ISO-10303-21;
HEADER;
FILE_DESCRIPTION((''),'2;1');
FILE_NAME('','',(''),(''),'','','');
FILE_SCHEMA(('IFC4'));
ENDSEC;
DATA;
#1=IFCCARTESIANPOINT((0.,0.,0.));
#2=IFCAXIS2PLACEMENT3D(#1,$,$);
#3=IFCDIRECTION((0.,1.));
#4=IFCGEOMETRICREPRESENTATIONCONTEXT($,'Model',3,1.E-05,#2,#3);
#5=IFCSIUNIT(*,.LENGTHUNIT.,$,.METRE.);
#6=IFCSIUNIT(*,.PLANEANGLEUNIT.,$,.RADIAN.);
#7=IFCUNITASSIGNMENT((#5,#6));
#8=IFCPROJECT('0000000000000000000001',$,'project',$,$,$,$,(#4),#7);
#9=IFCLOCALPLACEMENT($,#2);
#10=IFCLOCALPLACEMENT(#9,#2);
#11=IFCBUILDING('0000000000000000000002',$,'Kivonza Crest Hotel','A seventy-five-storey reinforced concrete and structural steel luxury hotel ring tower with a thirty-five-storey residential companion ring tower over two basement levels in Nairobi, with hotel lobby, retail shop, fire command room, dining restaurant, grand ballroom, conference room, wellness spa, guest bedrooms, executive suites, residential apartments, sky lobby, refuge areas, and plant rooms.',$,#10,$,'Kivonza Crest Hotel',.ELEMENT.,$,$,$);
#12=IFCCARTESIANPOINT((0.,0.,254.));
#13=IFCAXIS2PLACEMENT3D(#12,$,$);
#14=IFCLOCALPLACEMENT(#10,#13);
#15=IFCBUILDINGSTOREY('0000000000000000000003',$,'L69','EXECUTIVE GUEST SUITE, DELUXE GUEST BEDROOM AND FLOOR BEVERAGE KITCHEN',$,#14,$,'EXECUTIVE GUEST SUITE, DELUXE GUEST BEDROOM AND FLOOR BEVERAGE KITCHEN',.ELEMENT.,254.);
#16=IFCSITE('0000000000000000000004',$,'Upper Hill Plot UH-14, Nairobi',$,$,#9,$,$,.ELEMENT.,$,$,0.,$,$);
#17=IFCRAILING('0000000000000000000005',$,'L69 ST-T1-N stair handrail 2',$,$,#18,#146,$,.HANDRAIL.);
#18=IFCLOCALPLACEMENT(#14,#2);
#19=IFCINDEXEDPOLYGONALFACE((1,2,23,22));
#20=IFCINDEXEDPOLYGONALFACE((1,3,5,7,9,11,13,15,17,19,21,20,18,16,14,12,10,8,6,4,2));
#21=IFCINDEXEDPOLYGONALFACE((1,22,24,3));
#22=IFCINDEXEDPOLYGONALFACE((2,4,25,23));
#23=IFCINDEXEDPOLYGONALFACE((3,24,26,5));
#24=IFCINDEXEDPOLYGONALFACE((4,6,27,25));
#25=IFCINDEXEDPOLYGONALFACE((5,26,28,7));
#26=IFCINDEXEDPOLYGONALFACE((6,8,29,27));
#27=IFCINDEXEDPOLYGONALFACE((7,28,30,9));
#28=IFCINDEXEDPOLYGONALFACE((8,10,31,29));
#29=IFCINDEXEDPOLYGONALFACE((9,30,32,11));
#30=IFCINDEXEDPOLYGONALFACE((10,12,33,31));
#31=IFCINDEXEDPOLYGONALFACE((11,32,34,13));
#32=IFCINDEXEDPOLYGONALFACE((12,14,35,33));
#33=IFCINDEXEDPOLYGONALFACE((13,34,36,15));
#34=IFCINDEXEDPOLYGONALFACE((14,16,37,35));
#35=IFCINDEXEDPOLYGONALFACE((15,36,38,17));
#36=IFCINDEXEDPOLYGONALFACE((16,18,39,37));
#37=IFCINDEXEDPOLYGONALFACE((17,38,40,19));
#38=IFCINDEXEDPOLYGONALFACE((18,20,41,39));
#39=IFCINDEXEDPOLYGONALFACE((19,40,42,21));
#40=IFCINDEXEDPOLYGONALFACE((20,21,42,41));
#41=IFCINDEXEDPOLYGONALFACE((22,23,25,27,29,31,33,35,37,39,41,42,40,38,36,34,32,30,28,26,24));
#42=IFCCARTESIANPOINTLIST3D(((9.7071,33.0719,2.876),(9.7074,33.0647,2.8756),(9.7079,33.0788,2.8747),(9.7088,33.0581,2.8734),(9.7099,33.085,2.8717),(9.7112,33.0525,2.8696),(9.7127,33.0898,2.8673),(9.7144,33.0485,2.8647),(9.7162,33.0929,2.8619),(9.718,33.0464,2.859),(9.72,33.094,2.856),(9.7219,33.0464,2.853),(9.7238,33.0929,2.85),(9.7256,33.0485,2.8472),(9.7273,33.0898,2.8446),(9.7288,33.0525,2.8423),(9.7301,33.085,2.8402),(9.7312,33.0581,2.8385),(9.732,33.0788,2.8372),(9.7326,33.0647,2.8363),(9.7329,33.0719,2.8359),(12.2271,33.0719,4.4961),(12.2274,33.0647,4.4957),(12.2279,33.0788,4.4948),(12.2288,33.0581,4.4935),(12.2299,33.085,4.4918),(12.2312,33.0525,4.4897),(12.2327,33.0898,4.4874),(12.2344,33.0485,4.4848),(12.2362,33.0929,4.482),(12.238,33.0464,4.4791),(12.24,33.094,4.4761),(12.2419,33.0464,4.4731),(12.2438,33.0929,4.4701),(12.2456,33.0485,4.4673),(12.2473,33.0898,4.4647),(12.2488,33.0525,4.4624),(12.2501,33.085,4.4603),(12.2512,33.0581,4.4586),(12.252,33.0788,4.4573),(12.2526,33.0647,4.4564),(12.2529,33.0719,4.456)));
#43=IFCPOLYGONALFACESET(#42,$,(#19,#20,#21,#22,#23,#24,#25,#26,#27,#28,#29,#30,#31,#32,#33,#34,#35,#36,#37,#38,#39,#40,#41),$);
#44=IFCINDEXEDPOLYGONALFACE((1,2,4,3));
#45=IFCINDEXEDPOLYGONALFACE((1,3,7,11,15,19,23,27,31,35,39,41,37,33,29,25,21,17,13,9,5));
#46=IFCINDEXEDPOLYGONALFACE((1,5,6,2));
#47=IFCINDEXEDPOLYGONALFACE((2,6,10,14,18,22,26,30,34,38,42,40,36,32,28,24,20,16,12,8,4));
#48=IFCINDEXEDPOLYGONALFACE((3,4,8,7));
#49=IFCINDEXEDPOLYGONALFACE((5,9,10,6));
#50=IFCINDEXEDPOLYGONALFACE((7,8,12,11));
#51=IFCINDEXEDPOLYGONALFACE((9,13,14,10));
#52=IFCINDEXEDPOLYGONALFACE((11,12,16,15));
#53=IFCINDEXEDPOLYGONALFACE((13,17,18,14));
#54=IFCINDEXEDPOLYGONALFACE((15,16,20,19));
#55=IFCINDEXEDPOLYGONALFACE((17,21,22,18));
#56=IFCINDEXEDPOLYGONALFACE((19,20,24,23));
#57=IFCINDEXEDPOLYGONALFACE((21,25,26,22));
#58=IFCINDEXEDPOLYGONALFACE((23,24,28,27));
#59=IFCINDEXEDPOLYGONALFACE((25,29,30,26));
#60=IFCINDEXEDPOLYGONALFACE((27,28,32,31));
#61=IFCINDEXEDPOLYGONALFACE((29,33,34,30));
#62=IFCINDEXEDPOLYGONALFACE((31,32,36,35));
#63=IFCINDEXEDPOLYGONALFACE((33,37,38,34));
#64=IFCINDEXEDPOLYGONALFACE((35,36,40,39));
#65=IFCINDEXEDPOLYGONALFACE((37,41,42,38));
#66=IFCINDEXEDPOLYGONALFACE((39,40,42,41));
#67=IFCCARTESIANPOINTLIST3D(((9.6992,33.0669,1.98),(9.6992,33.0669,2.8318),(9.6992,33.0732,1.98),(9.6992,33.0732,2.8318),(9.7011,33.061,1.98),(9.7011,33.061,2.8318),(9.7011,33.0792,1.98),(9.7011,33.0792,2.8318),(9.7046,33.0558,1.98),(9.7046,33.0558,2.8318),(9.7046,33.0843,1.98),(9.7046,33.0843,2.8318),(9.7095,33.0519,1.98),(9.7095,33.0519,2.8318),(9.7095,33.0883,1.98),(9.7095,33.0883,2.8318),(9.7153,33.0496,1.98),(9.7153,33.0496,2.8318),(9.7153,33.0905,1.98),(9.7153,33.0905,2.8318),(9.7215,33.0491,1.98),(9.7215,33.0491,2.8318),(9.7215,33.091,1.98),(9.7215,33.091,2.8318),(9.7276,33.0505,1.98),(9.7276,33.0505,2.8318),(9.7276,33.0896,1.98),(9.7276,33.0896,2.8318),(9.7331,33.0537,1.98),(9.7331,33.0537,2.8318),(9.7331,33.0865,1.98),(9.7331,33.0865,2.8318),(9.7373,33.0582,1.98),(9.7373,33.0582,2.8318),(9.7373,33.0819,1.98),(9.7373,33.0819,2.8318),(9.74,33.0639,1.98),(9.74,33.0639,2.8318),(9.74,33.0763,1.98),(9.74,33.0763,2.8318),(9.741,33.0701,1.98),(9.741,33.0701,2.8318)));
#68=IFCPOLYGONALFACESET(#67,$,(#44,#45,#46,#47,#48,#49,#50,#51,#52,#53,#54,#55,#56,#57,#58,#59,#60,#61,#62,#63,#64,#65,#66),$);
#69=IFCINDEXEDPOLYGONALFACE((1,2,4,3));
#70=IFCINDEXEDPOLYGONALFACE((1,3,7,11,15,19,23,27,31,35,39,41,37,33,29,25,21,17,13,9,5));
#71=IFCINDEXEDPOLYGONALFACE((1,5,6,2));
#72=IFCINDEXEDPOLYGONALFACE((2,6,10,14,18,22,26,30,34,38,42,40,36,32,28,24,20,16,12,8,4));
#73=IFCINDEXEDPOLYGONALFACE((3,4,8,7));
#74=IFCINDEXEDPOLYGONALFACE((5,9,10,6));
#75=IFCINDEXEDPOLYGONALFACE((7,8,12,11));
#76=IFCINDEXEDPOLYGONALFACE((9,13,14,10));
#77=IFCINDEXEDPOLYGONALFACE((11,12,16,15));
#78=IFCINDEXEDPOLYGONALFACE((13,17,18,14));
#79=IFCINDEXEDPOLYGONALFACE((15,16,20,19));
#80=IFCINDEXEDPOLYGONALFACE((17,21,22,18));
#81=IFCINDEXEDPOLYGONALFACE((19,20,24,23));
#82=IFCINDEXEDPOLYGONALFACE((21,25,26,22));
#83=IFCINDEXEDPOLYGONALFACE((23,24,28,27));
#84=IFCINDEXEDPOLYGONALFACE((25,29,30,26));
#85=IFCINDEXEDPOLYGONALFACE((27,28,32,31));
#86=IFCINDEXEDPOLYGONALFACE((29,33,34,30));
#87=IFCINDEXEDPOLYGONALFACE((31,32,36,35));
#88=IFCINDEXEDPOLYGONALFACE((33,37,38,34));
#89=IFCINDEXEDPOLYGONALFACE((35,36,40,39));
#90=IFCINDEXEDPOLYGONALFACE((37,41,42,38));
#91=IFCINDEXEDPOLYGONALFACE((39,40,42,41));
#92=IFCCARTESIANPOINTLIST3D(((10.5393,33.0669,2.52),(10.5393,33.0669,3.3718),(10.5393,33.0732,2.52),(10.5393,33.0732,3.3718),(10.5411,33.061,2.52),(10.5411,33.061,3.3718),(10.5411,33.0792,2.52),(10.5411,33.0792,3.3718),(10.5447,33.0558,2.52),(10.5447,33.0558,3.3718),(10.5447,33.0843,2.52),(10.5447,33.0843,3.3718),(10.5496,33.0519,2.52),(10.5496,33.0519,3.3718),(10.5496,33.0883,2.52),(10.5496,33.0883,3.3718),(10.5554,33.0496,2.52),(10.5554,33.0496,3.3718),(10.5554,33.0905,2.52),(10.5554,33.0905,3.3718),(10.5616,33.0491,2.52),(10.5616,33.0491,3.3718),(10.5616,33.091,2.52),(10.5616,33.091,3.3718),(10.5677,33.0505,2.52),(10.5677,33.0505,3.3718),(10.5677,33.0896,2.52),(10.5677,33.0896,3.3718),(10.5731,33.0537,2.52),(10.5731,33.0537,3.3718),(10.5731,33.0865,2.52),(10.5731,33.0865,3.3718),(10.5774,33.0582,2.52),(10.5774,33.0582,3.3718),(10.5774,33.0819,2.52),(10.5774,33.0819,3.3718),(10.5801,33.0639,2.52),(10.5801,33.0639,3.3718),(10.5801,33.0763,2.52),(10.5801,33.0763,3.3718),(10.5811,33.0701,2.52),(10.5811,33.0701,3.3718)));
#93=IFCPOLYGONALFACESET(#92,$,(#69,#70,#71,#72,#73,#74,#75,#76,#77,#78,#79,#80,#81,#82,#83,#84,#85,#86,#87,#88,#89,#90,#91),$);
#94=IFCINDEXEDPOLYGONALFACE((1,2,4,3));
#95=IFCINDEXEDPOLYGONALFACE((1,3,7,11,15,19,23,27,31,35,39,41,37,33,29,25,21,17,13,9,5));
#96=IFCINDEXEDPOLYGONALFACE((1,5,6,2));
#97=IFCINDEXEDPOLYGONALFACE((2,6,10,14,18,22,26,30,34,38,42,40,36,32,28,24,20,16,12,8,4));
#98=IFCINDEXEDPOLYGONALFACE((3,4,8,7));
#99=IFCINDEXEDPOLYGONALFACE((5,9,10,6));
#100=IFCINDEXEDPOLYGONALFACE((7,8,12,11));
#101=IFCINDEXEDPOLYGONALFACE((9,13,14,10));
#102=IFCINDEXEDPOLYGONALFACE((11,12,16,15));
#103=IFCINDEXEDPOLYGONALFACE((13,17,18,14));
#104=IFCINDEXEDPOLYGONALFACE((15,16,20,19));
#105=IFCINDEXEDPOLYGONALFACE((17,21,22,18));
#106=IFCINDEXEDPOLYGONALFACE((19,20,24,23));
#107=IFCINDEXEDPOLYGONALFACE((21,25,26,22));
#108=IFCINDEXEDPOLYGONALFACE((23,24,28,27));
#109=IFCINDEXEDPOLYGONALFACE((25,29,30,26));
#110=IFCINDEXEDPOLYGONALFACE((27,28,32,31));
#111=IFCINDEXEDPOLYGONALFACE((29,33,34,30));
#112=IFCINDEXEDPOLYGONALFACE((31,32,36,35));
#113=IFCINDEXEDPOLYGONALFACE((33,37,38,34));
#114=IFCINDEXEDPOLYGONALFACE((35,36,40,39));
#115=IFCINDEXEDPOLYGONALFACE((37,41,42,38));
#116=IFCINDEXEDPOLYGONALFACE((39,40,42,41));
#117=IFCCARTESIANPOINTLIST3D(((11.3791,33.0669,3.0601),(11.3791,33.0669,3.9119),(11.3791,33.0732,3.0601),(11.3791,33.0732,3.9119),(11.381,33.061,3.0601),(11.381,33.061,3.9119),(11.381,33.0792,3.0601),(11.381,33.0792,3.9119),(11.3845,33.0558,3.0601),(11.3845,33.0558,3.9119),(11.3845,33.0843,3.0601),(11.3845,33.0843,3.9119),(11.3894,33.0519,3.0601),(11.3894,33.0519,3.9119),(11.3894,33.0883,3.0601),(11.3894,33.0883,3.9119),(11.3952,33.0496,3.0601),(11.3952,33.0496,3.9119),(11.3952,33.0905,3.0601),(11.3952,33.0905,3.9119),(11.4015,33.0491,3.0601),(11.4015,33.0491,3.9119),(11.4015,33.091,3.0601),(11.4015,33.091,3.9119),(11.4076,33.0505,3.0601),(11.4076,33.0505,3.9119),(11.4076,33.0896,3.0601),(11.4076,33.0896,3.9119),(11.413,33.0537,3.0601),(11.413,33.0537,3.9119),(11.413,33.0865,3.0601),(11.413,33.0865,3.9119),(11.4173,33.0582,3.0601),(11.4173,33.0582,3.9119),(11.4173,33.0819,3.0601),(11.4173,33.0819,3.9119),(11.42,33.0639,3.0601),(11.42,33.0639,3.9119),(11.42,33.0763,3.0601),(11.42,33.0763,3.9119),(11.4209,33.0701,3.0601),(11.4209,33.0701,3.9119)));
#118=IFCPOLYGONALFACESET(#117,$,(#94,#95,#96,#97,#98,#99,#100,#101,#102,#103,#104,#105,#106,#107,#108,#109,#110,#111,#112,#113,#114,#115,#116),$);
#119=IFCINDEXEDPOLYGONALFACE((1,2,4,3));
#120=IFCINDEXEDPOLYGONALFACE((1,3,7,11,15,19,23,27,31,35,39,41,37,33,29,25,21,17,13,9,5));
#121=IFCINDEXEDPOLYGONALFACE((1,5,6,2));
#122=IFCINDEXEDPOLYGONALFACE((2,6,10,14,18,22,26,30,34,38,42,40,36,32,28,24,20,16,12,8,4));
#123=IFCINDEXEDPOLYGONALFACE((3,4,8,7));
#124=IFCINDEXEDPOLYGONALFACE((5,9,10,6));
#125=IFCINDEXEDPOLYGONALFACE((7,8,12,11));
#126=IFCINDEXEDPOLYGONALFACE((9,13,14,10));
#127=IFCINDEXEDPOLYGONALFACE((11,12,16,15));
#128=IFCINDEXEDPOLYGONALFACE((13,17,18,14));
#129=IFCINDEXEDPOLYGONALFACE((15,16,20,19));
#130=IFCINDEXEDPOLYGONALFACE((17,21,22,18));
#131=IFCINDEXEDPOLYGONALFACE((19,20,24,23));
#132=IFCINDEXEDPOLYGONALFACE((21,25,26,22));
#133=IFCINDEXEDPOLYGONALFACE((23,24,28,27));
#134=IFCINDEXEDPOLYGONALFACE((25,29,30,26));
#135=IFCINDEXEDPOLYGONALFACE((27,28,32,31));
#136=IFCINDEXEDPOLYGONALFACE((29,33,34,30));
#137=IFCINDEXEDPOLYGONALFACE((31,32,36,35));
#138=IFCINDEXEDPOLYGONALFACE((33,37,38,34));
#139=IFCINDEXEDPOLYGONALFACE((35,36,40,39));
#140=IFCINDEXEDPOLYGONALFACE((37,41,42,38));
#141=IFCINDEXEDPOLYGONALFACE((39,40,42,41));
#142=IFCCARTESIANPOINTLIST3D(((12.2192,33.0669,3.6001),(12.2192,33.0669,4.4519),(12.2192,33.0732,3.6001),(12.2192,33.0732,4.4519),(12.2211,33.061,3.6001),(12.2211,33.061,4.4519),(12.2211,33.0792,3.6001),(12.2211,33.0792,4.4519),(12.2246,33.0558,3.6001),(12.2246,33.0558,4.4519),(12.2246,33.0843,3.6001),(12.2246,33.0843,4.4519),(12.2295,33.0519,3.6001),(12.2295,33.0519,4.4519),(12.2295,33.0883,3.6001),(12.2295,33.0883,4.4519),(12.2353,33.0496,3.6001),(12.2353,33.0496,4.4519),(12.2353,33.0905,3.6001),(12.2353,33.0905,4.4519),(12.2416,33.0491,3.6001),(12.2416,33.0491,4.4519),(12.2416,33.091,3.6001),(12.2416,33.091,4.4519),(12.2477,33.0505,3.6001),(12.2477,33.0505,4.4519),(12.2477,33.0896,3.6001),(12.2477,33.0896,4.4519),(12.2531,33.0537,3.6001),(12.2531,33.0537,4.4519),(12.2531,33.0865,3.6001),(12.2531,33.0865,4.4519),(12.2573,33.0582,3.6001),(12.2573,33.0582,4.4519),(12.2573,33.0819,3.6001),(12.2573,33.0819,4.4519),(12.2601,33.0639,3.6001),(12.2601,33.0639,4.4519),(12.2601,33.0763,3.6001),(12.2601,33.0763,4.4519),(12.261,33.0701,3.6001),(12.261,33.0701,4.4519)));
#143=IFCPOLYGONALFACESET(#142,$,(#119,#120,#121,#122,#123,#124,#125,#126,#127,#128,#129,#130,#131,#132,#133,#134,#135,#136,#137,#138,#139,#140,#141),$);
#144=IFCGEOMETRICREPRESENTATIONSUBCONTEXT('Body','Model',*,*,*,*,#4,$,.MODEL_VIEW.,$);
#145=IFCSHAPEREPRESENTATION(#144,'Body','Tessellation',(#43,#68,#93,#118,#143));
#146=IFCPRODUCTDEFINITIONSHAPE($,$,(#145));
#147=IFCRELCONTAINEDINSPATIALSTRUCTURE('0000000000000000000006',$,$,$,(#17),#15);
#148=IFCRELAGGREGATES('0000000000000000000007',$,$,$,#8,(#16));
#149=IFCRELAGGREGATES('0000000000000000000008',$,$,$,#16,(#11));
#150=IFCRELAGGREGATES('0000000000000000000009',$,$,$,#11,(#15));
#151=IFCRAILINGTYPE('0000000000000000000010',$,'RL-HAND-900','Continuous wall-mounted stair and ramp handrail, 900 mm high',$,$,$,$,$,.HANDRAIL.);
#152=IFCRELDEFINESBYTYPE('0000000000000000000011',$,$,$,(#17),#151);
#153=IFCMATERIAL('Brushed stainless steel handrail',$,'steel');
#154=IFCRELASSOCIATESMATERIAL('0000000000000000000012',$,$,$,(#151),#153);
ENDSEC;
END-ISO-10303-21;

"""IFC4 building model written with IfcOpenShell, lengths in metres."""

from ifc_helpers import new_model, si_unit, direction, frame, origin, origin_2d, place, context, subcontext, project, spatial, circle, extrude, material, type_object, element, save


model = new_model("IFC4")

# Units and contexts
model_context = context("Model", 3, precision=1e-05, world=origin(), true_north=direction((0.0, 1.0)))
body_context = subcontext(model_context, "Body", "Model", "MODEL_VIEW")
ifc_project = project(units=[si_unit("LENGTHUNIT", "METRE"), si_unit("PLANEANGLEUNIT", "RADIAN")], contexts=[model_context])

# Site, building, storey
site_placement = place(None, origin())
site = spatial("IfcSite", under=ifc_project, at=site_placement, Name="Upper Hill Plot UH-14, Nairobi", CompositionType="ELEMENT", RefElevation=0.0)
building_placement = place(site_placement, origin())
building = spatial("IfcBuilding", under=site, at=building_placement, Name="Kivonza Crest Hotel", Description="A seventy-five-storey reinforced concrete and structural steel luxury hotel ring tower with a thirty-five-storey residential companion ring tower over two basement levels in Nairobi, with hotel lobby, retail shop, fire command room, dining restaurant, grand ballroom, conference room, wellness spa, guest bedrooms, executive suites, residential apartments, sky lobby, refuge areas, and plant rooms.", LongName="Kivonza Crest Hotel", CompositionType="ELEMENT")
storey_placement = place(building_placement, frame((0.0, 0.0, 254.0)))
storey = spatial("IfcBuildingStorey", under=building, at=storey_placement, Name="L69", Description="EXECUTIVE GUEST SUITE, DELUXE GUEST BEDROOM AND FLOOR BEVERAGE KITCHEN", LongName="EXECUTIVE GUEST SUITE, DELUXE GUEST BEDROOM AND FLOOR BEVERAGE KITCHEN", CompositionType="ELEMENT", Elevation=254.0)

# Railing
ifc_material_1 = material(Name="Brushed stainless steel handrail", Category="steel")
railing_type_1 = type_object("IfcRailingType", Name="RL-HAND-900", Description="Continuous wall-mounted stair and ramp handrail, 900 mm high", PredefinedType="HANDRAIL", material=ifc_material_1)
railing_1_placement = place(storey_placement, frame((9.72, 33.0701, 1.98)))
element("IfcRailing", 1, at=railing_1_placement, inside=storey, type_object=railing_type_1, Name="L69 ST-T1-N stair handrail 2", PredefinedType="HANDRAIL", context=body_context, shape_type="SweptSolid", body=[
    extrude(circle(Radius=0.0239, at=origin_2d()), frame((0.0, 0.0, 0.876), z_axis=(0.841163, 0.0, 0.540782), x_axis=(0.0, 1.0, 0.0)), (0.0, 0.0, 1.0), 2.9958),
    extrude(circle(Radius=0.021, at=origin_2d()), origin(), (0.0, 0.0, 1.0), 0.8518),
    extrude(circle(Radius=0.021, at=origin_2d()), frame((0.8401, 0.0, 0.54)), (0.0, 0.0, 1.0), 0.8518),
    extrude(circle(Radius=0.021, at=origin_2d()), frame((1.6799, 0.0, 1.0801)), (0.0, 0.0, 1.0), 0.8518),
    extrude(circle(Radius=0.021, at=origin_2d()), frame((2.52, 0.0, 1.6201)), (0.0, 0.0, 1.0), 0.8518),
])

save(model, "model.ifc")
